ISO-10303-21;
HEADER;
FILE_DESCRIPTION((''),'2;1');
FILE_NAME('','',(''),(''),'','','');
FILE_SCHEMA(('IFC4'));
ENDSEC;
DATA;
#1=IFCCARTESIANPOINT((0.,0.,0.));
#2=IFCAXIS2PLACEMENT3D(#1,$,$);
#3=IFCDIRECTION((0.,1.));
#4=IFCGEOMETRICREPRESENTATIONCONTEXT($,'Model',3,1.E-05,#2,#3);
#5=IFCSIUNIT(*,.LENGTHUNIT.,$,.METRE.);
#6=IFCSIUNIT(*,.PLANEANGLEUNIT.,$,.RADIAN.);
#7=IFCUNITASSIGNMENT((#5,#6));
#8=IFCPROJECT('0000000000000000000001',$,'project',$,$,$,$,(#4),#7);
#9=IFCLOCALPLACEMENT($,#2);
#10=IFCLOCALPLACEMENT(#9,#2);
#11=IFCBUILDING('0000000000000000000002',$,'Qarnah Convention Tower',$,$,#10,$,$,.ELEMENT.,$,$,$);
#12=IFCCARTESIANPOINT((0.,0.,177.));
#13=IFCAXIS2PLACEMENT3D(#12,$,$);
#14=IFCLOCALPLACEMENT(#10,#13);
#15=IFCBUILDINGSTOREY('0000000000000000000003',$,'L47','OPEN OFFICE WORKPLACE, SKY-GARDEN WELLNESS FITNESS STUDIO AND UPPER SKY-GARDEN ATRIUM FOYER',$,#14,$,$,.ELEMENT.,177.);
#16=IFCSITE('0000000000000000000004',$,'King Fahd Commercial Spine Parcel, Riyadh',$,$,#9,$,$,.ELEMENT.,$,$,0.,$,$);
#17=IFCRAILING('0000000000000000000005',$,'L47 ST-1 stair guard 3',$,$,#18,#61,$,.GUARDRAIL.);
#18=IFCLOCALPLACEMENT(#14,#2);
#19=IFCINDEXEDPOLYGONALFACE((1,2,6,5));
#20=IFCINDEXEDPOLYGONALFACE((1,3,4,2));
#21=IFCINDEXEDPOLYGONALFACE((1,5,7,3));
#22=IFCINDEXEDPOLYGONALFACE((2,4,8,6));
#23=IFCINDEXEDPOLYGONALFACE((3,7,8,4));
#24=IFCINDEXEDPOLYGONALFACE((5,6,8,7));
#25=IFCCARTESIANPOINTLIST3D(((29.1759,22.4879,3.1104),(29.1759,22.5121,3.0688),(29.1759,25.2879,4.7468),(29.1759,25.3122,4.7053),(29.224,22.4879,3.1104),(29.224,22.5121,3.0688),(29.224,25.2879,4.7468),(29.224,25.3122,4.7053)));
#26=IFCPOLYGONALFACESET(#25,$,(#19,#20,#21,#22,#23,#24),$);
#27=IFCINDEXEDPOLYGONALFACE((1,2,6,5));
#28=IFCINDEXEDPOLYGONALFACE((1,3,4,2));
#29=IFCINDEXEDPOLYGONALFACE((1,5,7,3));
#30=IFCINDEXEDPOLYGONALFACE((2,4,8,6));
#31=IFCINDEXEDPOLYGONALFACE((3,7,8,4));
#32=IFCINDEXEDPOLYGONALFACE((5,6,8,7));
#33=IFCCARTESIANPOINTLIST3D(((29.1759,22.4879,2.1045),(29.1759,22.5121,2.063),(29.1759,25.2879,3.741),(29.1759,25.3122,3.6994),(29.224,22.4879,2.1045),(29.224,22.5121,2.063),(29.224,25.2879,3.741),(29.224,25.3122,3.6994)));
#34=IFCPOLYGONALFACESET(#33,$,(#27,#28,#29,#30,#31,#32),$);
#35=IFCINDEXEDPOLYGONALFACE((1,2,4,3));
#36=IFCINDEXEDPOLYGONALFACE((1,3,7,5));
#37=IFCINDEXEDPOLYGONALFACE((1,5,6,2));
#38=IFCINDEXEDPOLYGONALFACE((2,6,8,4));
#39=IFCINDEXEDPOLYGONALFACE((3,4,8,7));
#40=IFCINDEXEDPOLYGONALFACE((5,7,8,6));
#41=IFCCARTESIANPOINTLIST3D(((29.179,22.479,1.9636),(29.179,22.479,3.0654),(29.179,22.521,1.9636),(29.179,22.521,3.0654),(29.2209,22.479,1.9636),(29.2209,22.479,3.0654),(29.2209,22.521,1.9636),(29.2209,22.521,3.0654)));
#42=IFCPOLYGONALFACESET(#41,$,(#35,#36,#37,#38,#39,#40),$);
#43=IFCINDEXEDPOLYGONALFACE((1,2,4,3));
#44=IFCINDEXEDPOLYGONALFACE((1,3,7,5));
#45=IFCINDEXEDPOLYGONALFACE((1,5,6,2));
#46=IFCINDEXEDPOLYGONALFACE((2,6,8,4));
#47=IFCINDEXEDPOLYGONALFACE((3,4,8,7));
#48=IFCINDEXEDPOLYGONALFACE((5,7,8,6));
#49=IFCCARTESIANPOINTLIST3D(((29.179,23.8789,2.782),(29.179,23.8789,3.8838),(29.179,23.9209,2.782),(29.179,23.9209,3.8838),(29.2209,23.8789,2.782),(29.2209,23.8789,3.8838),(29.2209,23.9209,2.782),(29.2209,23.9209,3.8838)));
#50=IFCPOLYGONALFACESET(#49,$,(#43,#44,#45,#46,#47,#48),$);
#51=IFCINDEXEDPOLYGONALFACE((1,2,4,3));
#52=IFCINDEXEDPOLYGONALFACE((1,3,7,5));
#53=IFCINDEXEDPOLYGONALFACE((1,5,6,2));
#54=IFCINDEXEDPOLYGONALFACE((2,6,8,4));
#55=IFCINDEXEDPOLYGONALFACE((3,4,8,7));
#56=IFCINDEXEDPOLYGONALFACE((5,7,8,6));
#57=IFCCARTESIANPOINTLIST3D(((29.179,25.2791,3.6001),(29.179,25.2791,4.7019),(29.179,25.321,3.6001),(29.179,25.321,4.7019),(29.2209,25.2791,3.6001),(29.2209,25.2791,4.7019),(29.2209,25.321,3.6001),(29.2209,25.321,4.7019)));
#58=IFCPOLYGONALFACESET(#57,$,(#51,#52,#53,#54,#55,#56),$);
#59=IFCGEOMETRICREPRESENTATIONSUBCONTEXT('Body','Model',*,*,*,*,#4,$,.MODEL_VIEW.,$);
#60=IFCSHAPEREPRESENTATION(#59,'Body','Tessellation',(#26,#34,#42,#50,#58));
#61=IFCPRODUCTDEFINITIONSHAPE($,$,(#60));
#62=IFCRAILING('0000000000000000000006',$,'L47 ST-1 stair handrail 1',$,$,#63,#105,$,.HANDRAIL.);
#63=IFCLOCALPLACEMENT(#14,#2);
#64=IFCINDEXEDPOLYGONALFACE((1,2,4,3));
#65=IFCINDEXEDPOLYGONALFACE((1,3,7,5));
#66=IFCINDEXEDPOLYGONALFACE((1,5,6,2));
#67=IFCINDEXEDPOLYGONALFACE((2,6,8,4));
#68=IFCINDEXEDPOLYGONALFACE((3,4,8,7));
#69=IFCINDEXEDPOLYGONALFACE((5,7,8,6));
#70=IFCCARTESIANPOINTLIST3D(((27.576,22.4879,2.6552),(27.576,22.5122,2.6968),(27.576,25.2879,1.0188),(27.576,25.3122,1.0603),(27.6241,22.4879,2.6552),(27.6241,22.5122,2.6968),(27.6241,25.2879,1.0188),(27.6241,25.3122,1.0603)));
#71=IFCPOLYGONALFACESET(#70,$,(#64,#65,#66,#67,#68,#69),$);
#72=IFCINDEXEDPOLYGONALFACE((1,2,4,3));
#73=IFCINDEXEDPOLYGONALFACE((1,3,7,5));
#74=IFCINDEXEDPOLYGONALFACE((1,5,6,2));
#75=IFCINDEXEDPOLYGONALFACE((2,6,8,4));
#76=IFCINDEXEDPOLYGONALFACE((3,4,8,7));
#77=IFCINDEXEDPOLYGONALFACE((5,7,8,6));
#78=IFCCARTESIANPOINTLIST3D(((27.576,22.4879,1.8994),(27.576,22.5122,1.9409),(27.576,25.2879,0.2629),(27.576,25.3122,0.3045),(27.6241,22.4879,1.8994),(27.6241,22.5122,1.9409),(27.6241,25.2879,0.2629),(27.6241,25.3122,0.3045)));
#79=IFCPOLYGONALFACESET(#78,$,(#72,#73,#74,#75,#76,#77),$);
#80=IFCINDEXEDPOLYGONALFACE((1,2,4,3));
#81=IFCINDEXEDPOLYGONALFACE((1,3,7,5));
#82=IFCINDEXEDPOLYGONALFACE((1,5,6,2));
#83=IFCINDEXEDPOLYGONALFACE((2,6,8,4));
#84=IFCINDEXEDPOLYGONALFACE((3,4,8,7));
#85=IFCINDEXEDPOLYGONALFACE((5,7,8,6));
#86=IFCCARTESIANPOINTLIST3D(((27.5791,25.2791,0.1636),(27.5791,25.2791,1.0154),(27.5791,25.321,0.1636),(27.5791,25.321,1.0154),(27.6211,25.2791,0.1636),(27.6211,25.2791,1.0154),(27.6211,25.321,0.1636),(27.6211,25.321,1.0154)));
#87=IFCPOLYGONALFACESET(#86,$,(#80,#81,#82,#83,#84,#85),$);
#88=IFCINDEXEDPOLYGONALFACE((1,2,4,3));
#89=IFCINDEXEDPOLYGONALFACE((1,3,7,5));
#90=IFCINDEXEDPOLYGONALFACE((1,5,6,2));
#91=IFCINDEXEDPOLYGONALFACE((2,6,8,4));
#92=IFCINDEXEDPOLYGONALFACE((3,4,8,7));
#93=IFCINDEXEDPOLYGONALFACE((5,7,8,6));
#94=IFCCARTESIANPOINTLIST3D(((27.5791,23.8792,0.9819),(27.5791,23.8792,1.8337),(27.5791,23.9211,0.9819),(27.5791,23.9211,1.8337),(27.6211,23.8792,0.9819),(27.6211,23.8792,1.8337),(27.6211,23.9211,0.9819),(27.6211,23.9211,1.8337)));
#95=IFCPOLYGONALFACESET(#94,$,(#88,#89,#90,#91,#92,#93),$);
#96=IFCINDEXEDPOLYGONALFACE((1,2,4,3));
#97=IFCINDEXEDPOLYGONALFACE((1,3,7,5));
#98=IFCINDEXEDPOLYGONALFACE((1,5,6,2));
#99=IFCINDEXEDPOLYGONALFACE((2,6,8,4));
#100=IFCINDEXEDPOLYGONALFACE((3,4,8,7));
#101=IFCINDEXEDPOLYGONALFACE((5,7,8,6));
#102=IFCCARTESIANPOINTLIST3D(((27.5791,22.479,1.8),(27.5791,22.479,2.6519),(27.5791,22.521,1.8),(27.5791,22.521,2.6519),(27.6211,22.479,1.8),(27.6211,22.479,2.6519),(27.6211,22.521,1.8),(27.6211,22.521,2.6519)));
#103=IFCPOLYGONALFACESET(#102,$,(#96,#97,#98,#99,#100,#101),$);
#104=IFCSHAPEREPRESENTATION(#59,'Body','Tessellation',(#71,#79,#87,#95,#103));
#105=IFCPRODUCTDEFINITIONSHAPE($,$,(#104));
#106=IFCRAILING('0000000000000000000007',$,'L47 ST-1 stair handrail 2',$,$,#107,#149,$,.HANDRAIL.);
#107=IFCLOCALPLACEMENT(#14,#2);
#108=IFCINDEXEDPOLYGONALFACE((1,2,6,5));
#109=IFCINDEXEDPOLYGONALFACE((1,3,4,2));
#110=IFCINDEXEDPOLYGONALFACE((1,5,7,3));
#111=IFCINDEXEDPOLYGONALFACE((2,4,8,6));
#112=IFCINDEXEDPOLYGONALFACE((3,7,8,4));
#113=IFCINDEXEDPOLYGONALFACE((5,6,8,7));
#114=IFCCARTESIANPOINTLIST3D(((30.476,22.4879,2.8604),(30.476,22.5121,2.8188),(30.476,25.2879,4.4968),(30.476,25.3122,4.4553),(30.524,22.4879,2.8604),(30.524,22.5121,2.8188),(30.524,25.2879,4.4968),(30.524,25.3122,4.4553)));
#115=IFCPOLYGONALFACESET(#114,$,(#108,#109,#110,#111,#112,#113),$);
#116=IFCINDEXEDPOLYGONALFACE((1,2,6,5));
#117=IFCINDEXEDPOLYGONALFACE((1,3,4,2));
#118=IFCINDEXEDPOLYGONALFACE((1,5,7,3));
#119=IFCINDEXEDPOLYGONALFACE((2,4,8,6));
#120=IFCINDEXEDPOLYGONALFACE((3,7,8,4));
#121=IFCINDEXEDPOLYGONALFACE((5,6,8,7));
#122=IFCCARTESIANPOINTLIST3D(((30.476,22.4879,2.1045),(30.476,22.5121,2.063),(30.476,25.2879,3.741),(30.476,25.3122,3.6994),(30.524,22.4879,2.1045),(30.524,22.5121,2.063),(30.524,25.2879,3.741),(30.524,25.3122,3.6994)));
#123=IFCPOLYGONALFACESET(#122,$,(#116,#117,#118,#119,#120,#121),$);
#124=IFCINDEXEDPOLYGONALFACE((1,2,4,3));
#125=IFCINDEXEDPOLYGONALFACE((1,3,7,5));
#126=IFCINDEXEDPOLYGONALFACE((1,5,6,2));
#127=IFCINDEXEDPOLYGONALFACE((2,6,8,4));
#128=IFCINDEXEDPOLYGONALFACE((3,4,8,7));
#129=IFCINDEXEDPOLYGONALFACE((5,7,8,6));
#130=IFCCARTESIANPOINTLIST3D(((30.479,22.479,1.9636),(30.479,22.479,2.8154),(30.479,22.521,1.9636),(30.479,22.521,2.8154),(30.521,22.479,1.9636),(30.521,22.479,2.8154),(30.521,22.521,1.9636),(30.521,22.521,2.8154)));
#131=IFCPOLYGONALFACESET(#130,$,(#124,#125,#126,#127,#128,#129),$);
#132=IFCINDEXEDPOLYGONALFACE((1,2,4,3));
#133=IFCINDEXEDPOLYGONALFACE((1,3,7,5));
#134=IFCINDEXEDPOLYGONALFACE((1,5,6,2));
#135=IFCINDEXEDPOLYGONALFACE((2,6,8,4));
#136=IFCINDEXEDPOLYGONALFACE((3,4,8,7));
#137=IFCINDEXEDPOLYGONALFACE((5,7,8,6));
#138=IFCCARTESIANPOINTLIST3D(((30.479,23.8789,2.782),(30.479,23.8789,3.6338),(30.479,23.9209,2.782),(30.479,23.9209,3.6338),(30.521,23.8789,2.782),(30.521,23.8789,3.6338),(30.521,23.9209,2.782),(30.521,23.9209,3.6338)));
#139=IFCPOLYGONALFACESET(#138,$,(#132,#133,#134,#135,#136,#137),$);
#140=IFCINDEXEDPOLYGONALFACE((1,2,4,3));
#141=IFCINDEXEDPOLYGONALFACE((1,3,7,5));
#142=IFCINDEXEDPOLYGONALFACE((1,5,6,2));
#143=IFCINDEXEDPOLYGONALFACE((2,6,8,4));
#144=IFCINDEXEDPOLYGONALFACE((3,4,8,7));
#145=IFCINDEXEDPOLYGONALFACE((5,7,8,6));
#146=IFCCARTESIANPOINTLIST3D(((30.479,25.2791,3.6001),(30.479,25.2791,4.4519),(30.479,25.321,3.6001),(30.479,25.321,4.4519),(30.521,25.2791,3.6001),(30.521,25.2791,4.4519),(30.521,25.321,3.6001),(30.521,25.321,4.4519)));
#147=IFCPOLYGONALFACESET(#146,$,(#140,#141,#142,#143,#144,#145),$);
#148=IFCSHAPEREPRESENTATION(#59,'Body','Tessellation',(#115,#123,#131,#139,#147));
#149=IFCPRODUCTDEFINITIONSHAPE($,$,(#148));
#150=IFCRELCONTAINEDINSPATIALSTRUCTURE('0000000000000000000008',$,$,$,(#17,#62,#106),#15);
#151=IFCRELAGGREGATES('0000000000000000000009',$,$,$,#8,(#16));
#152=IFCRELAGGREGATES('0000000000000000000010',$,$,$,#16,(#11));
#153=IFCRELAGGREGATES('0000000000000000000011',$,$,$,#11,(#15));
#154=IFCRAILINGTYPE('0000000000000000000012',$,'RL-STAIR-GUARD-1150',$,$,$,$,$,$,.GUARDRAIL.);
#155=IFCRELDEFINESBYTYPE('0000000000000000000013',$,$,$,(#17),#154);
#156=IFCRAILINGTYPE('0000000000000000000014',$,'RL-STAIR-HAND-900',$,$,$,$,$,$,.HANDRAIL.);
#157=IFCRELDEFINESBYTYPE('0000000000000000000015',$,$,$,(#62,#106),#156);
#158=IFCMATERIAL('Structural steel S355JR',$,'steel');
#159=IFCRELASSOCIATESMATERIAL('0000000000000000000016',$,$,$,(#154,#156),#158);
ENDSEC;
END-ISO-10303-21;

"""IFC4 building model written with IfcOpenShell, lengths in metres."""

from ifc_helpers import new_model, si_unit, direction, frame, origin, origin_2d, place, context, subcontext, project, spatial, rectangle, extrude, material, type_object, element, save


model = new_model("IFC4")

# Units and contexts
model_context = context("Model", 3, precision=1e-05, world=origin(), true_north=direction((0.0, 1.0)))
body_context = subcontext(model_context, "Body", "Model", "MODEL_VIEW")
ifc_project = project(units=[si_unit("LENGTHUNIT", "METRE"), si_unit("PLANEANGLEUNIT", "RADIAN")], contexts=[model_context])

# Site, building, storey
site_placement = place(None, origin())
site = spatial("IfcSite", under=ifc_project, at=site_placement, Name="King Fahd Commercial Spine Parcel, Riyadh", CompositionType="ELEMENT", RefElevation=0.0)
building_placement = place(site_placement, origin())
building = spatial("IfcBuilding", under=site, at=building_placement, Name="Qarnah Convention Tower", CompositionType="ELEMENT")
storey_placement = place(building_placement, frame((0.0, 0.0, 177.0)))
storey = spatial("IfcBuildingStorey", under=building, at=storey_placement, Name="L47", Description="OPEN OFFICE WORKPLACE, SKY-GARDEN WELLNESS FITNESS STUDIO AND UPPER SKY-GARDEN ATRIUM FOYER", CompositionType="ELEMENT", Elevation=177.0)

# Shared definitions
ifc_material_1 = material(Name="Structural steel S355JR", Category="steel")

# Railings
railing_type_1 = type_object("IfcRailingType", Name="RL-STAIR-GUARD-1150", PredefinedType="GUARDRAIL", material=ifc_material_1)
railing_1_placement = place(storey_placement, frame((29.2, 22.5, 1.9636)))
element("IfcRailing", 1, at=railing_1_placement, inside=storey, type_object=railing_type_1, Name="L47 ST-1 stair guard 3", PredefinedType="GUARDRAIL", context=body_context, shape_type="SweptSolid", body=[
    extrude(rectangle(XDim=0.0481, YDim=0.0481, at=origin_2d()), frame((0.0, 0.0, 1.126), z_axis=(0.0, 0.863361, 0.504587), x_axis=(-1.0, 0.0, 0.0)), (0.0, 0.0, 1.0), 3.2432),
    extrude(rectangle(XDim=0.0481, YDim=0.0481, at=origin_2d()), frame((0.0, 0.0, 0.1201), z_axis=(0.0, 0.863361, 0.504587), x_axis=(-1.0, 0.0, 0.0)), (0.0, 0.0, 1.0), 3.2432),
    extrude(rectangle(XDim=0.042, YDim=0.042, at=origin_2d()), origin(), (0.0, 0.0, 1.0), 1.1018),
    extrude(rectangle(XDim=0.042, YDim=0.042, at=origin_2d()), frame((0.0, 1.3999, 0.8184)), (0.0, 0.0, 1.0), 1.1018),
    extrude(rectangle(XDim=0.042, YDim=0.042, at=origin_2d()), frame((0.0, 2.8, 1.6365)), (0.0, 0.0, 1.0), 1.1018),
])
railing_type_2 = type_object("IfcRailingType", Name="RL-STAIR-HAND-900", PredefinedType="HANDRAIL", material=ifc_material_1)
railing_2_placement = place(storey_placement, frame((27.6001, 25.3, 0.1636)))
element("IfcRailing", 2, at=railing_2_placement, inside=storey, type_object=railing_type_2, Name="L47 ST-1 stair handrail 1", PredefinedType="HANDRAIL", context=body_context, shape_type="SweptSolid", body=[
    extrude(rectangle(XDim=0.0481, YDim=0.0481, at=origin_2d()), frame((0.0, 0.0, 0.876), z_axis=(0.0, -0.863361, 0.504587), x_axis=(1.0, 0.0, 0.0)), (0.0, 0.0, 1.0), 3.2432),
    extrude(rectangle(XDim=0.0481, YDim=0.0481, at=origin_2d()), frame((0.0, 0.0, 0.1201), z_axis=(0.0, -0.863361, 0.504587), x_axis=(1.0, 0.0, 0.0)), (0.0, 0.0, 1.0), 3.2432),
    extrude(rectangle(XDim=0.042, YDim=0.042, at=origin_2d()), origin(), (0.0, 0.0, 1.0), 0.8518),
    extrude(rectangle(XDim=0.042, YDim=0.042, at=origin_2d()), frame((0.0, -1.3999, 0.8184)), (0.0, 0.0, 1.0), 0.8518),
    extrude(rectangle(XDim=0.042, YDim=0.042, at=origin_2d()), frame((0.0, -2.8, 1.6365)), (0.0, 0.0, 1.0), 0.8518),
])
railing_3_placement = place(storey_placement, frame((30.5, 22.5, 1.9636)))
element("IfcRailing", 3, at=railing_3_placement, inside=storey, type_object=railing_type_2, Name="L47 ST-1 stair handrail 2", PredefinedType="HANDRAIL", context=body_context, shape_type="SweptSolid", body=[
    extrude(rectangle(XDim=0.0481, YDim=0.0481, at=origin_2d()), frame((0.0, 0.0, 0.876), z_axis=(0.0, 0.863361, 0.504587), x_axis=(-1.0, 0.0, 0.0)), (0.0, 0.0, 1.0), 3.2432),
    extrude(rectangle(XDim=0.0481, YDim=0.0481, at=origin_2d()), frame((0.0, 0.0, 0.1201), z_axis=(0.0, 0.863361, 0.504587), x_axis=(-1.0, 0.0, 0.0)), (0.0, 0.0, 1.0), 3.2432),
    extrude(rectangle(XDim=0.042, YDim=0.042, at=origin_2d()), origin(), (0.0, 0.0, 1.0), 0.8518),
    extrude(rectangle(XDim=0.042, YDim=0.042, at=origin_2d()), frame((0.0, 1.3999, 0.8184)), (0.0, 0.0, 1.0), 0.8518),
    extrude(rectangle(XDim=0.042, YDim=0.042, at=origin_2d()), frame((0.0, 2.8, 1.6365)), (0.0, 0.0, 1.0), 0.8518),
])

save(model, "model.ifc")
